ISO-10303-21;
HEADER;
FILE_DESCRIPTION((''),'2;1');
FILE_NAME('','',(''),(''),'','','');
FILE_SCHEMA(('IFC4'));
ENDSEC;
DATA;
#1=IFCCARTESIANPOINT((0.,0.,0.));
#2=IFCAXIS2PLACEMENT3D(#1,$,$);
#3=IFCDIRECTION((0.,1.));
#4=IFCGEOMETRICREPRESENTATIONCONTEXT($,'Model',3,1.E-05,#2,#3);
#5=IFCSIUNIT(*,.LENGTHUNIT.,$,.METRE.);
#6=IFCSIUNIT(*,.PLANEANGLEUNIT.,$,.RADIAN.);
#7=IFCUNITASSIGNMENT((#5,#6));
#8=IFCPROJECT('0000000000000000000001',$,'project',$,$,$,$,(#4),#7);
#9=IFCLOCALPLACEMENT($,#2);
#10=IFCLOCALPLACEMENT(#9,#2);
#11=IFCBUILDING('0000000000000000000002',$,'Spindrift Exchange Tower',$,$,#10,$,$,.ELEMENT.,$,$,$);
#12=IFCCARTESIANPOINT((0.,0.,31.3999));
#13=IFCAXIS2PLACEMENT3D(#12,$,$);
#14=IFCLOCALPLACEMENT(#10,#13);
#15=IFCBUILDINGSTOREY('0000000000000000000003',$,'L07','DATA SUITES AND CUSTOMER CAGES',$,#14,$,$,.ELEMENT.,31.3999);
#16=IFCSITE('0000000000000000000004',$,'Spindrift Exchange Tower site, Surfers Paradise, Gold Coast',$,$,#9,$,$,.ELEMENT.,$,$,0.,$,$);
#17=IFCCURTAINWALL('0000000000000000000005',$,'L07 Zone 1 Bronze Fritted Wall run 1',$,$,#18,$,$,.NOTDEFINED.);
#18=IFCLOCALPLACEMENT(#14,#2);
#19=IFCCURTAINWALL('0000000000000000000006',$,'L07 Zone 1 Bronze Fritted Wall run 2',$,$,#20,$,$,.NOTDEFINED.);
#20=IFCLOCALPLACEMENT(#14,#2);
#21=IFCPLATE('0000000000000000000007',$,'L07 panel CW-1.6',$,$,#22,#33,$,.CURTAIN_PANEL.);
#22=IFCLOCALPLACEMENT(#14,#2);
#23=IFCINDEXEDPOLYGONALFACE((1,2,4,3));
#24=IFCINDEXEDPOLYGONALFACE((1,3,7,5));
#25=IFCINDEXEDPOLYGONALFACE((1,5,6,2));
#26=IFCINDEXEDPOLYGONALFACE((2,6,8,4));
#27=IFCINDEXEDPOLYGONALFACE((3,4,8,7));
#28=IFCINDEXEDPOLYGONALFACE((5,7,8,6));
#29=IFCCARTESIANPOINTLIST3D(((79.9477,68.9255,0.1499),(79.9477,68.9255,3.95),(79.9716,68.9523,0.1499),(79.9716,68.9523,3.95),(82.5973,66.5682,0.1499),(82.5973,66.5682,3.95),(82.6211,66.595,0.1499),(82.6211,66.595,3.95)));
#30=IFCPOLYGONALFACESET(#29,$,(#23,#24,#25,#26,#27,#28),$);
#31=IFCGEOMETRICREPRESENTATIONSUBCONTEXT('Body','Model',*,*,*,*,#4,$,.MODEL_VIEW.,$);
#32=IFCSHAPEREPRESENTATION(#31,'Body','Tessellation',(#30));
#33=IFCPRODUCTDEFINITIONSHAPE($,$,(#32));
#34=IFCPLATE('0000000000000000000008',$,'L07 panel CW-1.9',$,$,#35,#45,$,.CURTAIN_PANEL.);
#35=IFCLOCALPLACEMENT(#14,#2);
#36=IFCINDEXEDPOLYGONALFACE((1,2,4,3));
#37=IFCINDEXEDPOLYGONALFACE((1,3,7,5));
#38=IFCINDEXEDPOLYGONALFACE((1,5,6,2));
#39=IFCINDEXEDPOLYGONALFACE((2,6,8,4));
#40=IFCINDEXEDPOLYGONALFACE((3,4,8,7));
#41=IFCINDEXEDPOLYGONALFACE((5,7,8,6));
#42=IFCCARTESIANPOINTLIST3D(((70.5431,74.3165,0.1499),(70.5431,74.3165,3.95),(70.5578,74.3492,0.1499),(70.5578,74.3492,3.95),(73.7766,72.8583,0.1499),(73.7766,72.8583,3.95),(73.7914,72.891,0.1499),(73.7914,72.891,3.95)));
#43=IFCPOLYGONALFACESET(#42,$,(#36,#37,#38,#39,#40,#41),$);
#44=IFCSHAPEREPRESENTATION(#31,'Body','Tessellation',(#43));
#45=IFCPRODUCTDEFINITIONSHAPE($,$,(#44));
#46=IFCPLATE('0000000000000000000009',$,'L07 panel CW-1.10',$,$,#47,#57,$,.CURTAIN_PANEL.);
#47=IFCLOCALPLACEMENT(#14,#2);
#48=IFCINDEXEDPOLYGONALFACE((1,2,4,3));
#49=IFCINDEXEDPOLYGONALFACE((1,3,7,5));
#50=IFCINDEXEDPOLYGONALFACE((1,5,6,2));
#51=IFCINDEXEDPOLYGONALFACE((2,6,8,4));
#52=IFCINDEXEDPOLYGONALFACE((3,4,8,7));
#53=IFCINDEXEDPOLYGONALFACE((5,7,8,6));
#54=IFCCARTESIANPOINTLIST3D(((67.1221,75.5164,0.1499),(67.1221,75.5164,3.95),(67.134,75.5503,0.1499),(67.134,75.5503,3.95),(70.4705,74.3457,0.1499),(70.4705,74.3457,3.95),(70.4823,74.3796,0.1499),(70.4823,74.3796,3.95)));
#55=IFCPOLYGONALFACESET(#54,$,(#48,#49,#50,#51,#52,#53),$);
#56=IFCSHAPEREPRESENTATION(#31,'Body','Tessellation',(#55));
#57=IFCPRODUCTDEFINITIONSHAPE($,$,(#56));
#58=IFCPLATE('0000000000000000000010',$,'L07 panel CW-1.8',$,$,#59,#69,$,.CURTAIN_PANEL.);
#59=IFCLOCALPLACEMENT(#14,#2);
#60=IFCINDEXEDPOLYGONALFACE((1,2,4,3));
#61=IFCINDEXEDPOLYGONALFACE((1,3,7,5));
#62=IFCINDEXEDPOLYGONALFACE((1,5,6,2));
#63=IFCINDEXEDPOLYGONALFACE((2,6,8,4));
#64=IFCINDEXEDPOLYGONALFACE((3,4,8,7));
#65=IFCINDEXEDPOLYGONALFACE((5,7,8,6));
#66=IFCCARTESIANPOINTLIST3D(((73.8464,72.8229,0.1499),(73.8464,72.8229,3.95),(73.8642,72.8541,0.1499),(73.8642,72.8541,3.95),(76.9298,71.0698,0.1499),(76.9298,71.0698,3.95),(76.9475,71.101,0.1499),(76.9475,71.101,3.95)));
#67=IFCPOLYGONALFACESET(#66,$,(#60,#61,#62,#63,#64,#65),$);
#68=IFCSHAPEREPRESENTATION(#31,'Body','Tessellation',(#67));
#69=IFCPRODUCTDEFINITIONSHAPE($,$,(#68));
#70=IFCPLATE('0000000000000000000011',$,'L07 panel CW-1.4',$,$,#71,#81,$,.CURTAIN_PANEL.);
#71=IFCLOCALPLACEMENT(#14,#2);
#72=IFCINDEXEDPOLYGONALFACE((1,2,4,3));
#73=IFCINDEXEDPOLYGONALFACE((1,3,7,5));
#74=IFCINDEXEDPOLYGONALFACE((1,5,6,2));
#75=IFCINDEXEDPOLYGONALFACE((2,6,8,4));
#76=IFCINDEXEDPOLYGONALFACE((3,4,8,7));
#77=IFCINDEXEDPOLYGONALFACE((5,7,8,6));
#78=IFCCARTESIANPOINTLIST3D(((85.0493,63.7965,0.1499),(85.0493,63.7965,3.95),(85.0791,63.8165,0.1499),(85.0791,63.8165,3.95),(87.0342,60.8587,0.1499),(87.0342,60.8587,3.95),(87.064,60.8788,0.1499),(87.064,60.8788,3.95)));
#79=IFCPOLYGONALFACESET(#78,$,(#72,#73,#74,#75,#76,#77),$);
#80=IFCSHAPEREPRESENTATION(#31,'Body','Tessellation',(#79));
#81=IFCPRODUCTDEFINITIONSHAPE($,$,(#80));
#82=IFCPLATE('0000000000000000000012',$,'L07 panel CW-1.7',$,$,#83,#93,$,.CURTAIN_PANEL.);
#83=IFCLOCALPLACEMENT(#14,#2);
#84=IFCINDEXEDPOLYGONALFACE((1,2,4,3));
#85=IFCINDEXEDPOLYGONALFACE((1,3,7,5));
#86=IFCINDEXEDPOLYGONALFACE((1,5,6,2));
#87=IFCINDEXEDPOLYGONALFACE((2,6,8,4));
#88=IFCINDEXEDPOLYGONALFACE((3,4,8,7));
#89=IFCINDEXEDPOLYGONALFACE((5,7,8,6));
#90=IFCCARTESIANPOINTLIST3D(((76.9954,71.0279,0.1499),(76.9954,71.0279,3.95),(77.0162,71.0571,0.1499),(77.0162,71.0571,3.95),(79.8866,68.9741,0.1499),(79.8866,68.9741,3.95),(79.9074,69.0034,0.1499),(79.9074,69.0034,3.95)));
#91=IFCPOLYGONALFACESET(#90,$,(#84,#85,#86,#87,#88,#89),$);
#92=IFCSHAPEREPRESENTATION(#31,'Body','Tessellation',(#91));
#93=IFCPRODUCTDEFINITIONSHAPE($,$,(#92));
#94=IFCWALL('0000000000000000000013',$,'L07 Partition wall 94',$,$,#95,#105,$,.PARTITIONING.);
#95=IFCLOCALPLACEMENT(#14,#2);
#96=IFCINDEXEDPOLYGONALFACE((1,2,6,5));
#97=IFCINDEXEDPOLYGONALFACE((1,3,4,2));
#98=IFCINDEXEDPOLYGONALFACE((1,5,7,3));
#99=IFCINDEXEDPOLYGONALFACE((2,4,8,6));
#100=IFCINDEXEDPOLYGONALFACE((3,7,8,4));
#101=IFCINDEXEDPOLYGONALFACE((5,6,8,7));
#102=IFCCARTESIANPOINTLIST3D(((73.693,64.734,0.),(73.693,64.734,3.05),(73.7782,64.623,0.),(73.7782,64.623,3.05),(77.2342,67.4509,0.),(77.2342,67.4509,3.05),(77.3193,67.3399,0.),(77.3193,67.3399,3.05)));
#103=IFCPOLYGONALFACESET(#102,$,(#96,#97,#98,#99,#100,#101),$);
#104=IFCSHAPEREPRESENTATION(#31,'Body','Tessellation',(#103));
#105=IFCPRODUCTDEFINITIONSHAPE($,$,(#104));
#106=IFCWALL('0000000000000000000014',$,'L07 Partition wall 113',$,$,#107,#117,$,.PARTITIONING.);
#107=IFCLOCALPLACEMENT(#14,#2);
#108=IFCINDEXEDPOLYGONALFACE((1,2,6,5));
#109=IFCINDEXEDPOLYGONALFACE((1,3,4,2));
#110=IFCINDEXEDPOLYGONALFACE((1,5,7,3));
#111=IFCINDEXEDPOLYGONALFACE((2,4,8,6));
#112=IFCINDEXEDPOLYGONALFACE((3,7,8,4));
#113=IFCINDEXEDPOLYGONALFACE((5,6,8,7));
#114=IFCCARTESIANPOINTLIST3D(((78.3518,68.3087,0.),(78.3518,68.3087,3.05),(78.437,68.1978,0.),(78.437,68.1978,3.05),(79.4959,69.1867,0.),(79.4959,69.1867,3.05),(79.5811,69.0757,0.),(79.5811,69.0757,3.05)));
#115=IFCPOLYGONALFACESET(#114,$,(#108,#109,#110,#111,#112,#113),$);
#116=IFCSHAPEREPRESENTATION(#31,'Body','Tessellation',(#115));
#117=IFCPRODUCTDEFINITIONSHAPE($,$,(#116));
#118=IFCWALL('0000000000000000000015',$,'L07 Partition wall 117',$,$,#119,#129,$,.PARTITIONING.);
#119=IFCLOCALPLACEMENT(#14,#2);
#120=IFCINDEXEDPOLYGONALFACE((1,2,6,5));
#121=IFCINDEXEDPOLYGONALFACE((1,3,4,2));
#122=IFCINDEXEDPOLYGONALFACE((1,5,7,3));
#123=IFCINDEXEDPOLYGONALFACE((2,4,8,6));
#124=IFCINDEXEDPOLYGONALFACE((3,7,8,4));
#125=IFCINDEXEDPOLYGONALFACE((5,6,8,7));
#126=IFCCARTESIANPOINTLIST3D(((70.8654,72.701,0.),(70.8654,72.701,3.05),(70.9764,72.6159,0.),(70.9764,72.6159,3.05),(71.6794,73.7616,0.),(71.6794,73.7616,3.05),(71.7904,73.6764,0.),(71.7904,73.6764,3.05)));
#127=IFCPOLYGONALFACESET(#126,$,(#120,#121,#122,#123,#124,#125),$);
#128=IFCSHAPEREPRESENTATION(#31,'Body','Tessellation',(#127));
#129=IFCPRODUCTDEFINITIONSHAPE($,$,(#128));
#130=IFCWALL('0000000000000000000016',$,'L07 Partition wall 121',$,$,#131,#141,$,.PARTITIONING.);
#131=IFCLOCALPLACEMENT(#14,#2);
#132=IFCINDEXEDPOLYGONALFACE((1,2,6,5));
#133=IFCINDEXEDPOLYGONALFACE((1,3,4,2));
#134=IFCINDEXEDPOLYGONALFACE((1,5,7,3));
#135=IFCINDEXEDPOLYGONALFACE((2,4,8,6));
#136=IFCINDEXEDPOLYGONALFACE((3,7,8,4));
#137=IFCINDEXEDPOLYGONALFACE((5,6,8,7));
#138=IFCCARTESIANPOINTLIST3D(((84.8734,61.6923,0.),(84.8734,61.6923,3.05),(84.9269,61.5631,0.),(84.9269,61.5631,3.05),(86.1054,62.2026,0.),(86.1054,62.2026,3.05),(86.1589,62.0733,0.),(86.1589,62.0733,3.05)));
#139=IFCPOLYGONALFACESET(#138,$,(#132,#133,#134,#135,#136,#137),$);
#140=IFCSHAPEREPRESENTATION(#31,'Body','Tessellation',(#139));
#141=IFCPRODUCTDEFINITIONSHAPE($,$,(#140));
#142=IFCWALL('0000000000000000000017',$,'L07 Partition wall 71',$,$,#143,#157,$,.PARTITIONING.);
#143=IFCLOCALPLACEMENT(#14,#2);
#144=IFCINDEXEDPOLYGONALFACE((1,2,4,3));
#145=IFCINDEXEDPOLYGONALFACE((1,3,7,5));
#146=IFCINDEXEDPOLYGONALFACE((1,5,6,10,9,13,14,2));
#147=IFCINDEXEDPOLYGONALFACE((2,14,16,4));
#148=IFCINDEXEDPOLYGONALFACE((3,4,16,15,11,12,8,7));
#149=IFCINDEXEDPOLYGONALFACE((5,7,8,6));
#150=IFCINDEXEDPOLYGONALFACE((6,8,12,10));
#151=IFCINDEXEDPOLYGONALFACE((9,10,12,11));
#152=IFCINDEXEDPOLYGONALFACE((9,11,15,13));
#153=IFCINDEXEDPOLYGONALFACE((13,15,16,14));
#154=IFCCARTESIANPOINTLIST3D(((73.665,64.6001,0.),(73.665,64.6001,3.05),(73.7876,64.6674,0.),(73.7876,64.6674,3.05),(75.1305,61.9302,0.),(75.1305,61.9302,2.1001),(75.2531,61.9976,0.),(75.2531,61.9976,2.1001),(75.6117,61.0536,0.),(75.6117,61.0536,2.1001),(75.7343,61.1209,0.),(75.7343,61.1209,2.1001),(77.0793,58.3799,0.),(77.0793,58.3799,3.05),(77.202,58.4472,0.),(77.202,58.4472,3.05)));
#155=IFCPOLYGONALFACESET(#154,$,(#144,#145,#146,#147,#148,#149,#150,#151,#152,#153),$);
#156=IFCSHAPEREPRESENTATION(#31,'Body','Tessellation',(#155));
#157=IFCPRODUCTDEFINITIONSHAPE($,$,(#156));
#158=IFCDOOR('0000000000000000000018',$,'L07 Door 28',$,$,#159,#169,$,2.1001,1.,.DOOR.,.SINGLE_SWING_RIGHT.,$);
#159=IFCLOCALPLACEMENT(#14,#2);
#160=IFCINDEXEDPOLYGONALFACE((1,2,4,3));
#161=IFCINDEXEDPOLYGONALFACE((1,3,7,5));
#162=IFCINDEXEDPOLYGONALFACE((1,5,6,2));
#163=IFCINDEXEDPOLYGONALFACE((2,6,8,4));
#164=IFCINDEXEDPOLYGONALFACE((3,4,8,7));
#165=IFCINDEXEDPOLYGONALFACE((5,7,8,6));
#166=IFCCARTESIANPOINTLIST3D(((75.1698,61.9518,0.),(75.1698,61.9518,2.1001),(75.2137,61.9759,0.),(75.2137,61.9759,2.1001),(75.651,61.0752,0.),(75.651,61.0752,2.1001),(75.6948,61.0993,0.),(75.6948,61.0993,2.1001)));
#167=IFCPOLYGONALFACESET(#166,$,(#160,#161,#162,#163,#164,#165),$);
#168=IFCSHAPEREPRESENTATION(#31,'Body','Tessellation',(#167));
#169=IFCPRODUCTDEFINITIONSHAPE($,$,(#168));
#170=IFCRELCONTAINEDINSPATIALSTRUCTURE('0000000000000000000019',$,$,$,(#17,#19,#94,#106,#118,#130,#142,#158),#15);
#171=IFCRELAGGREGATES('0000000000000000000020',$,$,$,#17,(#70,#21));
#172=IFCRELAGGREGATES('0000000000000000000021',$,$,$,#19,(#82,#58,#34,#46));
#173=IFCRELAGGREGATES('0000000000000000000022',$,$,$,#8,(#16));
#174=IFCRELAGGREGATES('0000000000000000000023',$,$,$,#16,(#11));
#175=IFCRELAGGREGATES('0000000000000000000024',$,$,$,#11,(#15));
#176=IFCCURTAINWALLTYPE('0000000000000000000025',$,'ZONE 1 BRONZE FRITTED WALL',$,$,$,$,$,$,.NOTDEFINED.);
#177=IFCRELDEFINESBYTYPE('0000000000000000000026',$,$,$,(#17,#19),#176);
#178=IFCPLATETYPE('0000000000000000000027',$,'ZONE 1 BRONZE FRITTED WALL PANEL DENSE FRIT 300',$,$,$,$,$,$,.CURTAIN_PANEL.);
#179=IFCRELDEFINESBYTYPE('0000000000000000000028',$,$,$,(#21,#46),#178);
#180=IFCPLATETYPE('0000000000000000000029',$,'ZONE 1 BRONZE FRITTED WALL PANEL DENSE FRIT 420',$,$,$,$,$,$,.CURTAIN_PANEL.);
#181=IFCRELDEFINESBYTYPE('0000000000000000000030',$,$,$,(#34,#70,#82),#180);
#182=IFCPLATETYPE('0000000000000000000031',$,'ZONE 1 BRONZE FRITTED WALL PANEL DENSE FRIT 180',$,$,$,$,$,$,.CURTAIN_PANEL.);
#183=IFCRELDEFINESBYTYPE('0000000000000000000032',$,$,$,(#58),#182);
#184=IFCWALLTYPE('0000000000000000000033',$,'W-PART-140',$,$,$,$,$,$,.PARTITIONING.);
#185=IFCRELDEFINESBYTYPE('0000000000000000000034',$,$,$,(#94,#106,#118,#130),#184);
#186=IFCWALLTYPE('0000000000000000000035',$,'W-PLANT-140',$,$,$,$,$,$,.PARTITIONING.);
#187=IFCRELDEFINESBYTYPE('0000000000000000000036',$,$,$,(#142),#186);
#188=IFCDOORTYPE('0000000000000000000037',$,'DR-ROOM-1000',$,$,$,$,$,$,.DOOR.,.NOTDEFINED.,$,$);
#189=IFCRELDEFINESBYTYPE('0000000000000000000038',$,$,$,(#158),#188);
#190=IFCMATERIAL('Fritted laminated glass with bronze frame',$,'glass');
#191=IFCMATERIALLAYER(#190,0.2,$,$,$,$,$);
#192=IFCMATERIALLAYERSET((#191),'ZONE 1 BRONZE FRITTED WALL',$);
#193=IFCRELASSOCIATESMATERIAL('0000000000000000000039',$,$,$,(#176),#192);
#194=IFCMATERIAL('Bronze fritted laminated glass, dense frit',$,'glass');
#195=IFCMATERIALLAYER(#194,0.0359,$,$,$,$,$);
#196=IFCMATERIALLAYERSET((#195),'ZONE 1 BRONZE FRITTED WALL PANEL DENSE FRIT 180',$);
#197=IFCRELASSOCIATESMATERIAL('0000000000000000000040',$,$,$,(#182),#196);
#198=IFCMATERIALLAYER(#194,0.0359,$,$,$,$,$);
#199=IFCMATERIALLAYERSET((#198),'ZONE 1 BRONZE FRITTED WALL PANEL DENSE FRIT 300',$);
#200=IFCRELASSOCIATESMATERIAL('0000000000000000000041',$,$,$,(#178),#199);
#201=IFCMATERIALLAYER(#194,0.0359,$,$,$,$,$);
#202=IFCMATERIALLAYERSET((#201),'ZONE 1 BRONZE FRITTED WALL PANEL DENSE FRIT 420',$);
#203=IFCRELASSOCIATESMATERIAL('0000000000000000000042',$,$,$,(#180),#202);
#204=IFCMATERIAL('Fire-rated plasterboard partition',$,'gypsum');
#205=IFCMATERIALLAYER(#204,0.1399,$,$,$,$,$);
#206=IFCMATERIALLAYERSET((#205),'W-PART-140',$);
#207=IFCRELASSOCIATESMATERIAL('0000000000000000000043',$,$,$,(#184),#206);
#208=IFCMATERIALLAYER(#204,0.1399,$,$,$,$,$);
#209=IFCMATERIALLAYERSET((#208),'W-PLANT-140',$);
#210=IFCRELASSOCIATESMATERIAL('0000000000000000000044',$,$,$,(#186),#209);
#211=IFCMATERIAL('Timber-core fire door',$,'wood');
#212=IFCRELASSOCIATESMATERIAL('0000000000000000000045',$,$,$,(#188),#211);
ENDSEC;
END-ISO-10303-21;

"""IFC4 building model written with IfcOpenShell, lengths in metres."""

from ifc_helpers import new_model, si_unit, direction, frame, frame_2d, origin, origin_2d, place, context, subcontext, project, spatial, rectangle, extrude, source, transform, mapped, material, layer, layer_set, type_object, element, fill, aggregate, save


model = new_model("IFC4")

# Units and contexts
model_context = context("Model", 3, precision=1e-05, world=origin(), true_north=direction((0.0, 1.0)))
body_context = subcontext(model_context, "Body", "Model", "MODEL_VIEW")
ifc_project = project(units=[si_unit("LENGTHUNIT", "METRE"), si_unit("PLANEANGLEUNIT", "RADIAN")], contexts=[model_context])

# Site, building, storey
site_placement = place(None, origin())
site = spatial("IfcSite", under=ifc_project, at=site_placement, Name="Spindrift Exchange Tower site, Surfers Paradise, Gold Coast", CompositionType="ELEMENT", RefElevation=0.0)
building_placement = place(site_placement, origin())
building = spatial("IfcBuilding", under=site, at=building_placement, Name="Spindrift Exchange Tower", CompositionType="ELEMENT")
storey_placement = place(building_placement, frame((0.0, 0.0, 31.3999)))
storey = spatial("IfcBuildingStorey", under=building, at=storey_placement, Name="L07", Description="DATA SUITES AND CUSTOMER CAGES", CompositionType="ELEMENT", Elevation=31.3999)

# Curtain walls
ifc_material_1 = material(Name="Fritted laminated glass with bronze frame", Category="glass")
ifc_layer_1 = layer(ifc_material_1, 0.2)
ifc_layer_set_1 = layer_set([ifc_layer_1], Name="ZONE 1 BRONZE FRITTED WALL")
curtain_wall_type = type_object("IfcCurtainWallType", Name="ZONE 1 BRONZE FRITTED WALL", PredefinedType="NOTDEFINED", material=ifc_layer_set_1)
curtain_wall_1_placement = place(storey_placement, origin())
curtain_wall_1 = element("IfcCurtainWall", 1, at=curtain_wall_1_placement, inside=storey, type_object=curtain_wall_type, Name="L07 Zone 1 Bronze Fritted Wall run 1", PredefinedType="NOTDEFINED")
curtain_wall_2_placement = place(storey_placement, origin())
curtain_wall_2 = element("IfcCurtainWall", 2, at=curtain_wall_2_placement, inside=storey, type_object=curtain_wall_type, Name="L07 Zone 1 Bronze Fritted Wall run 2", PredefinedType="NOTDEFINED")

# Plates
ifc_material_2 = material(Name="Bronze fritted laminated glass, dense frit", Category="glass")
ifc_layer_2 = layer(ifc_material_2, 0.0359)
ifc_layer_set_2 = layer_set([ifc_layer_2], Name="ZONE 1 BRONZE FRITTED WALL PANEL DENSE FRIT 180")
plate_type_1 = type_object("IfcPlateType", Name="ZONE 1 BRONZE FRITTED WALL PANEL DENSE FRIT 180", PredefinedType="CURTAIN_PANEL", material=ifc_layer_set_2)
ifc_layer_3 = layer(ifc_material_2, 0.0359)
ifc_layer_set_3 = layer_set([ifc_layer_3], Name="ZONE 1 BRONZE FRITTED WALL PANEL DENSE FRIT 300")
plate_type_2 = type_object("IfcPlateType", Name="ZONE 1 BRONZE FRITTED WALL PANEL DENSE FRIT 300", PredefinedType="CURTAIN_PANEL", material=ifc_layer_set_3)
shared_shape_1 = source(origin(), body_context, "Body", "SweptSolid", [
    extrude(rectangle(XDim=3.5464, YDim=0.0359, at=origin_2d()), origin(), (0.0, 0.0, 1.0), 3.8),
])
plate_1_placement = place(storey_placement, frame((81.2844, 67.7603, 0.1499), z_axis=(0.0, 0.0, 1.0), x_axis=(-0.747105, 0.664706, 0.0)))
plate_1 = element("IfcPlate", 3, at=plate_1_placement, type_object=plate_type_2, Name="L07 panel CW-1.6", PredefinedType="CURTAIN_PANEL", context=body_context, shape_type="MappedRepresentation", body=[
    mapped(shared_shape_1, transform((0.0, 0.0, 0.0), scale=1.0)),
])
ifc_layer_4 = layer(ifc_material_2, 0.0359)
ifc_layer_set_4 = layer_set([ifc_layer_4], Name="ZONE 1 BRONZE FRITTED WALL PANEL DENSE FRIT 420")
plate_type_3 = type_object("IfcPlateType", Name="ZONE 1 BRONZE FRITTED WALL PANEL DENSE FRIT 420", PredefinedType="CURTAIN_PANEL", material=ifc_layer_set_4)
shared_shape_2 = source(origin(), body_context, "Body", "SweptSolid", [
    extrude(rectangle(XDim=3.5471, YDim=0.0359, at=origin_2d()), origin(), (0.0, 0.0, 1.0), 3.8),
])
plate_2_placement = place(storey_placement, frame((72.1672, 73.6038, 0.1499), z_axis=(0.0, 0.0, 1.0), x_axis=(-0.911599, 0.41108, 0.0)))
plate_2 = element("IfcPlate", 4, at=plate_2_placement, type_object=plate_type_3, Name="L07 panel CW-1.9", PredefinedType="CURTAIN_PANEL", context=body_context, shape_type="MappedRepresentation", body=[
    mapped(shared_shape_2, transform((0.0, 0.0, 0.0), scale=1.0)),
])
shared_shape_3 = source(origin(), body_context, "Body", "SweptSolid", [
    extrude(rectangle(XDim=3.5471, YDim=0.0359, at=origin_2d()), origin(), (0.0, 0.0, 1.0), 3.8),
])
plate_3_placement = place(storey_placement, frame((68.8022, 74.948, 0.1499), z_axis=(0.0, 0.0, 1.0), x_axis=(-0.943964, 0.330048, 0.0)))
plate_3 = element("IfcPlate", 5, at=plate_3_placement, type_object=plate_type_2, Name="L07 panel CW-1.10", PredefinedType="CURTAIN_PANEL", context=body_context, shape_type="MappedRepresentation", body=[
    mapped(shared_shape_3, transform((0.0, 0.0, 0.0), scale=1.0)),
])
shared_shape_4 = source(origin(), body_context, "Body", "SweptSolid", [
    extrude(rectangle(XDim=3.5469, YDim=0.0359, at=origin_2d()), origin(), (0.0, 0.0, 1.0), 3.8),
])
plate_4_placement = place(storey_placement, frame((75.397, 71.9619, 0.1499), z_axis=(0.0, 0.0, 1.0), x_axis=(-0.86931, 0.494267, 0.0)))
plate_4 = element("IfcPlate", 6, at=plate_4_placement, type_object=plate_type_1, Name="L07 panel CW-1.8", PredefinedType="CURTAIN_PANEL", context=body_context, shape_type="MappedRepresentation", body=[
    mapped(shared_shape_4, transform((0.0, 0.0, 0.0), scale=1.0)),
])
shared_shape_5 = source(origin(), body_context, "Body", "SweptSolid", [
    extrude(rectangle(XDim=3.5454, YDim=0.0359, at=origin_2d()), origin(), (0.0, 0.0, 1.0), 3.8),
])
plate_5_placement = place(storey_placement, frame((86.0566, 62.3376, 0.1499), z_axis=(0.0, 0.0, 1.0), x_axis=(-0.559851, 0.828593, 0.0)))
plate_5 = element("IfcPlate", 7, at=plate_5_placement, type_object=plate_type_3, Name="L07 panel CW-1.4", PredefinedType="CURTAIN_PANEL", context=body_context, shape_type="MappedRepresentation", body=[
    mapped(shared_shape_5, transform((0.0, 0.0, 0.0), scale=1.0)),
])
aggregate(curtain_wall_1, [plate_5, plate_1])
shared_shape_6 = source(origin(), body_context, "Body", "SweptSolid", [
    extrude(rectangle(XDim=3.5464, YDim=0.0359, at=origin_2d()), origin(), (0.0, 0.0, 1.0), 3.8),
])
plate_6_placement = place(storey_placement, frame((78.4514, 70.0156, 0.1499), z_axis=(0.0, 0.0, 1.0), x_axis=(-0.815242, 0.57912, 0.0)))
plate_6 = element("IfcPlate", 8, at=plate_6_placement, type_object=plate_type_3, Name="L07 panel CW-1.7", PredefinedType="CURTAIN_PANEL", context=body_context, shape_type="MappedRepresentation", body=[
    mapped(shared_shape_6, transform((0.0, 0.0, 0.0), scale=1.0)),
])
aggregate(curtain_wall_2, [plate_6, plate_4, plate_2, plate_3])

# Walls
ifc_material_3 = material(Name="Fire-rated plasterboard partition", Category="gypsum")
ifc_layer_5 = layer(ifc_material_3, 0.1399)
ifc_layer_set_5 = layer_set([ifc_layer_5], Name="W-PART-140")
wall_type_1 = type_object("IfcWallType", Name="W-PART-140", PredefinedType="PARTITIONING", material=ifc_layer_set_5)
wall_1_placement = place(storey_placement, frame((73.7356, 64.6785, 0.0), z_axis=(0.0, 0.0, 1.0), x_axis=(0.793382, 0.608724, 0.0)))
element("IfcWall", 9, at=wall_1_placement, inside=storey, type_object=wall_type_1, Name="L07 Partition wall 94", PredefinedType="PARTITIONING", context=body_context, shape_type="SweptSolid", body=[
    extrude(rectangle(XDim=4.4634, YDim=0.1399, at=frame_2d((2.2317, 0.0))), origin(), (0.0, 0.0, 1.0), 3.05),
])
wall_2_placement = place(storey_placement, frame((78.3943, 68.2532, 0.0), z_axis=(0.0, 0.0, 1.0), x_axis=(0.793328, 0.608794, 0.0)))
element("IfcWall", 10, at=wall_2_placement, inside=storey, type_object=wall_type_1, Name="L07 Partition wall 113", PredefinedType="PARTITIONING", context=body_context, shape_type="SweptSolid", body=[
    extrude(rectangle(XDim=1.4421, YDim=0.1399, at=frame_2d((0.7212, 0.0))), origin(), (0.0, 0.0, 1.0), 3.05),
])
wall_3_placement = place(storey_placement, frame((70.9209, 72.6584, 0.0), z_axis=(0.0, 0.0, 1.0), x_axis=(0.608846, 0.793289, 0.0)))
element("IfcWall", 11, at=wall_3_placement, inside=storey, type_object=wall_type_1, Name="L07 Partition wall 117", PredefinedType="PARTITIONING", context=body_context, shape_type="SweptSolid", body=[
    extrude(rectangle(XDim=1.3369, YDim=0.1399, at=frame_2d((0.6685, 0.0))), origin(), (0.0, 0.0, 1.0), 3.05),
])
wall_4_placement = place(storey_placement, frame((84.9001, 61.6277, 0.0), z_axis=(0.0, 0.0, 1.0), x_axis=(0.923887, 0.382664, 0.0)))
element("IfcWall", 12, at=wall_4_placement, inside=storey, type_object=wall_type_1, Name="L07 Partition wall 121", PredefinedType="PARTITIONING", context=body_context, shape_type="SweptSolid", body=[
    extrude(rectangle(XDim=1.3335, YDim=0.1399, at=frame_2d((0.6667, 0.0))), origin(), (0.0, 0.0, 1.0), 3.05),
])

# Wall, opening, door
ifc_layer_6 = layer(ifc_material_3, 0.1399)
ifc_layer_set_6 = layer_set([ifc_layer_6], Name="W-PLANT-140")
wall_type_2 = type_object("IfcWallType", Name="W-PLANT-140", PredefinedType="PARTITIONING", material=ifc_layer_set_6)
wall_5_placement = place(storey_placement, frame((73.7263, 64.6338, 0.0), z_axis=(0.0, 0.0, 1.0), x_axis=(0.481182, -0.876621, 0.0)))
wall_5 = element("IfcWall", 13, at=wall_5_placement, inside=storey, type_object=wall_type_2, Name="L07 Partition wall 71", PredefinedType="PARTITIONING", context=body_context, shape_type="SweptSolid", body=[
    extrude(rectangle(XDim=7.0957, YDim=0.1399, at=frame_2d((3.5479, 0.0))), origin(), (0.0, 0.0, 1.0), 3.05),
])
opening_placement = place(wall_5_placement, frame((3.0457, 0.0, 0.0)))
opening = element("IfcOpeningElement", 14, at=opening_placement, cuts=wall_5, PredefinedType="OPENING", context=body_context, shape_type="SweptSolid", body=[
    extrude(rectangle(XDim=1.0, YDim=2.1001, at=frame_2d((0.5, 1.05))), frame((0.0, 0.0798, 0.0), z_axis=(0.0, -1.0, 0.0), x_axis=(1.0, 0.0, 0.0)), (0.0, 0.0, 1.0), 0.1599),
])
ifc_material_4 = material(Name="Timber-core fire door", Category="wood")
door_type = type_object("IfcDoorType", Name="DR-ROOM-1000", OperationType="NOTDEFINED", PredefinedType="DOOR", material=ifc_material_4)
shared_shape_7 = source(origin(), body_context, "Body", "SweptSolid", [
    extrude(rectangle(XDim=1.0, YDim=2.1001, at=frame_2d((0.5, 1.05))), frame((0.0, 0.0249, 0.0), z_axis=(0.0, -1.0, 0.0), x_axis=(1.0, 0.0, 0.0)), (0.0, 0.0, 1.0), 0.05),
])
door_placement = place(opening_placement, origin())
door = element("IfcDoor", 15, at=door_placement, inside=storey, type_object=door_type, Name="L07 Door 28", OperationType="SINGLE_SWING_RIGHT", OverallHeight=2.1001, OverallWidth=1.0, PredefinedType="DOOR", context=body_context, shape_type="MappedRepresentation", body=[
    mapped(shared_shape_7, transform((0.0, 0.0, 0.0), scale=1.0)),
])
fill(opening, door)

save(model, "model.ifc")
